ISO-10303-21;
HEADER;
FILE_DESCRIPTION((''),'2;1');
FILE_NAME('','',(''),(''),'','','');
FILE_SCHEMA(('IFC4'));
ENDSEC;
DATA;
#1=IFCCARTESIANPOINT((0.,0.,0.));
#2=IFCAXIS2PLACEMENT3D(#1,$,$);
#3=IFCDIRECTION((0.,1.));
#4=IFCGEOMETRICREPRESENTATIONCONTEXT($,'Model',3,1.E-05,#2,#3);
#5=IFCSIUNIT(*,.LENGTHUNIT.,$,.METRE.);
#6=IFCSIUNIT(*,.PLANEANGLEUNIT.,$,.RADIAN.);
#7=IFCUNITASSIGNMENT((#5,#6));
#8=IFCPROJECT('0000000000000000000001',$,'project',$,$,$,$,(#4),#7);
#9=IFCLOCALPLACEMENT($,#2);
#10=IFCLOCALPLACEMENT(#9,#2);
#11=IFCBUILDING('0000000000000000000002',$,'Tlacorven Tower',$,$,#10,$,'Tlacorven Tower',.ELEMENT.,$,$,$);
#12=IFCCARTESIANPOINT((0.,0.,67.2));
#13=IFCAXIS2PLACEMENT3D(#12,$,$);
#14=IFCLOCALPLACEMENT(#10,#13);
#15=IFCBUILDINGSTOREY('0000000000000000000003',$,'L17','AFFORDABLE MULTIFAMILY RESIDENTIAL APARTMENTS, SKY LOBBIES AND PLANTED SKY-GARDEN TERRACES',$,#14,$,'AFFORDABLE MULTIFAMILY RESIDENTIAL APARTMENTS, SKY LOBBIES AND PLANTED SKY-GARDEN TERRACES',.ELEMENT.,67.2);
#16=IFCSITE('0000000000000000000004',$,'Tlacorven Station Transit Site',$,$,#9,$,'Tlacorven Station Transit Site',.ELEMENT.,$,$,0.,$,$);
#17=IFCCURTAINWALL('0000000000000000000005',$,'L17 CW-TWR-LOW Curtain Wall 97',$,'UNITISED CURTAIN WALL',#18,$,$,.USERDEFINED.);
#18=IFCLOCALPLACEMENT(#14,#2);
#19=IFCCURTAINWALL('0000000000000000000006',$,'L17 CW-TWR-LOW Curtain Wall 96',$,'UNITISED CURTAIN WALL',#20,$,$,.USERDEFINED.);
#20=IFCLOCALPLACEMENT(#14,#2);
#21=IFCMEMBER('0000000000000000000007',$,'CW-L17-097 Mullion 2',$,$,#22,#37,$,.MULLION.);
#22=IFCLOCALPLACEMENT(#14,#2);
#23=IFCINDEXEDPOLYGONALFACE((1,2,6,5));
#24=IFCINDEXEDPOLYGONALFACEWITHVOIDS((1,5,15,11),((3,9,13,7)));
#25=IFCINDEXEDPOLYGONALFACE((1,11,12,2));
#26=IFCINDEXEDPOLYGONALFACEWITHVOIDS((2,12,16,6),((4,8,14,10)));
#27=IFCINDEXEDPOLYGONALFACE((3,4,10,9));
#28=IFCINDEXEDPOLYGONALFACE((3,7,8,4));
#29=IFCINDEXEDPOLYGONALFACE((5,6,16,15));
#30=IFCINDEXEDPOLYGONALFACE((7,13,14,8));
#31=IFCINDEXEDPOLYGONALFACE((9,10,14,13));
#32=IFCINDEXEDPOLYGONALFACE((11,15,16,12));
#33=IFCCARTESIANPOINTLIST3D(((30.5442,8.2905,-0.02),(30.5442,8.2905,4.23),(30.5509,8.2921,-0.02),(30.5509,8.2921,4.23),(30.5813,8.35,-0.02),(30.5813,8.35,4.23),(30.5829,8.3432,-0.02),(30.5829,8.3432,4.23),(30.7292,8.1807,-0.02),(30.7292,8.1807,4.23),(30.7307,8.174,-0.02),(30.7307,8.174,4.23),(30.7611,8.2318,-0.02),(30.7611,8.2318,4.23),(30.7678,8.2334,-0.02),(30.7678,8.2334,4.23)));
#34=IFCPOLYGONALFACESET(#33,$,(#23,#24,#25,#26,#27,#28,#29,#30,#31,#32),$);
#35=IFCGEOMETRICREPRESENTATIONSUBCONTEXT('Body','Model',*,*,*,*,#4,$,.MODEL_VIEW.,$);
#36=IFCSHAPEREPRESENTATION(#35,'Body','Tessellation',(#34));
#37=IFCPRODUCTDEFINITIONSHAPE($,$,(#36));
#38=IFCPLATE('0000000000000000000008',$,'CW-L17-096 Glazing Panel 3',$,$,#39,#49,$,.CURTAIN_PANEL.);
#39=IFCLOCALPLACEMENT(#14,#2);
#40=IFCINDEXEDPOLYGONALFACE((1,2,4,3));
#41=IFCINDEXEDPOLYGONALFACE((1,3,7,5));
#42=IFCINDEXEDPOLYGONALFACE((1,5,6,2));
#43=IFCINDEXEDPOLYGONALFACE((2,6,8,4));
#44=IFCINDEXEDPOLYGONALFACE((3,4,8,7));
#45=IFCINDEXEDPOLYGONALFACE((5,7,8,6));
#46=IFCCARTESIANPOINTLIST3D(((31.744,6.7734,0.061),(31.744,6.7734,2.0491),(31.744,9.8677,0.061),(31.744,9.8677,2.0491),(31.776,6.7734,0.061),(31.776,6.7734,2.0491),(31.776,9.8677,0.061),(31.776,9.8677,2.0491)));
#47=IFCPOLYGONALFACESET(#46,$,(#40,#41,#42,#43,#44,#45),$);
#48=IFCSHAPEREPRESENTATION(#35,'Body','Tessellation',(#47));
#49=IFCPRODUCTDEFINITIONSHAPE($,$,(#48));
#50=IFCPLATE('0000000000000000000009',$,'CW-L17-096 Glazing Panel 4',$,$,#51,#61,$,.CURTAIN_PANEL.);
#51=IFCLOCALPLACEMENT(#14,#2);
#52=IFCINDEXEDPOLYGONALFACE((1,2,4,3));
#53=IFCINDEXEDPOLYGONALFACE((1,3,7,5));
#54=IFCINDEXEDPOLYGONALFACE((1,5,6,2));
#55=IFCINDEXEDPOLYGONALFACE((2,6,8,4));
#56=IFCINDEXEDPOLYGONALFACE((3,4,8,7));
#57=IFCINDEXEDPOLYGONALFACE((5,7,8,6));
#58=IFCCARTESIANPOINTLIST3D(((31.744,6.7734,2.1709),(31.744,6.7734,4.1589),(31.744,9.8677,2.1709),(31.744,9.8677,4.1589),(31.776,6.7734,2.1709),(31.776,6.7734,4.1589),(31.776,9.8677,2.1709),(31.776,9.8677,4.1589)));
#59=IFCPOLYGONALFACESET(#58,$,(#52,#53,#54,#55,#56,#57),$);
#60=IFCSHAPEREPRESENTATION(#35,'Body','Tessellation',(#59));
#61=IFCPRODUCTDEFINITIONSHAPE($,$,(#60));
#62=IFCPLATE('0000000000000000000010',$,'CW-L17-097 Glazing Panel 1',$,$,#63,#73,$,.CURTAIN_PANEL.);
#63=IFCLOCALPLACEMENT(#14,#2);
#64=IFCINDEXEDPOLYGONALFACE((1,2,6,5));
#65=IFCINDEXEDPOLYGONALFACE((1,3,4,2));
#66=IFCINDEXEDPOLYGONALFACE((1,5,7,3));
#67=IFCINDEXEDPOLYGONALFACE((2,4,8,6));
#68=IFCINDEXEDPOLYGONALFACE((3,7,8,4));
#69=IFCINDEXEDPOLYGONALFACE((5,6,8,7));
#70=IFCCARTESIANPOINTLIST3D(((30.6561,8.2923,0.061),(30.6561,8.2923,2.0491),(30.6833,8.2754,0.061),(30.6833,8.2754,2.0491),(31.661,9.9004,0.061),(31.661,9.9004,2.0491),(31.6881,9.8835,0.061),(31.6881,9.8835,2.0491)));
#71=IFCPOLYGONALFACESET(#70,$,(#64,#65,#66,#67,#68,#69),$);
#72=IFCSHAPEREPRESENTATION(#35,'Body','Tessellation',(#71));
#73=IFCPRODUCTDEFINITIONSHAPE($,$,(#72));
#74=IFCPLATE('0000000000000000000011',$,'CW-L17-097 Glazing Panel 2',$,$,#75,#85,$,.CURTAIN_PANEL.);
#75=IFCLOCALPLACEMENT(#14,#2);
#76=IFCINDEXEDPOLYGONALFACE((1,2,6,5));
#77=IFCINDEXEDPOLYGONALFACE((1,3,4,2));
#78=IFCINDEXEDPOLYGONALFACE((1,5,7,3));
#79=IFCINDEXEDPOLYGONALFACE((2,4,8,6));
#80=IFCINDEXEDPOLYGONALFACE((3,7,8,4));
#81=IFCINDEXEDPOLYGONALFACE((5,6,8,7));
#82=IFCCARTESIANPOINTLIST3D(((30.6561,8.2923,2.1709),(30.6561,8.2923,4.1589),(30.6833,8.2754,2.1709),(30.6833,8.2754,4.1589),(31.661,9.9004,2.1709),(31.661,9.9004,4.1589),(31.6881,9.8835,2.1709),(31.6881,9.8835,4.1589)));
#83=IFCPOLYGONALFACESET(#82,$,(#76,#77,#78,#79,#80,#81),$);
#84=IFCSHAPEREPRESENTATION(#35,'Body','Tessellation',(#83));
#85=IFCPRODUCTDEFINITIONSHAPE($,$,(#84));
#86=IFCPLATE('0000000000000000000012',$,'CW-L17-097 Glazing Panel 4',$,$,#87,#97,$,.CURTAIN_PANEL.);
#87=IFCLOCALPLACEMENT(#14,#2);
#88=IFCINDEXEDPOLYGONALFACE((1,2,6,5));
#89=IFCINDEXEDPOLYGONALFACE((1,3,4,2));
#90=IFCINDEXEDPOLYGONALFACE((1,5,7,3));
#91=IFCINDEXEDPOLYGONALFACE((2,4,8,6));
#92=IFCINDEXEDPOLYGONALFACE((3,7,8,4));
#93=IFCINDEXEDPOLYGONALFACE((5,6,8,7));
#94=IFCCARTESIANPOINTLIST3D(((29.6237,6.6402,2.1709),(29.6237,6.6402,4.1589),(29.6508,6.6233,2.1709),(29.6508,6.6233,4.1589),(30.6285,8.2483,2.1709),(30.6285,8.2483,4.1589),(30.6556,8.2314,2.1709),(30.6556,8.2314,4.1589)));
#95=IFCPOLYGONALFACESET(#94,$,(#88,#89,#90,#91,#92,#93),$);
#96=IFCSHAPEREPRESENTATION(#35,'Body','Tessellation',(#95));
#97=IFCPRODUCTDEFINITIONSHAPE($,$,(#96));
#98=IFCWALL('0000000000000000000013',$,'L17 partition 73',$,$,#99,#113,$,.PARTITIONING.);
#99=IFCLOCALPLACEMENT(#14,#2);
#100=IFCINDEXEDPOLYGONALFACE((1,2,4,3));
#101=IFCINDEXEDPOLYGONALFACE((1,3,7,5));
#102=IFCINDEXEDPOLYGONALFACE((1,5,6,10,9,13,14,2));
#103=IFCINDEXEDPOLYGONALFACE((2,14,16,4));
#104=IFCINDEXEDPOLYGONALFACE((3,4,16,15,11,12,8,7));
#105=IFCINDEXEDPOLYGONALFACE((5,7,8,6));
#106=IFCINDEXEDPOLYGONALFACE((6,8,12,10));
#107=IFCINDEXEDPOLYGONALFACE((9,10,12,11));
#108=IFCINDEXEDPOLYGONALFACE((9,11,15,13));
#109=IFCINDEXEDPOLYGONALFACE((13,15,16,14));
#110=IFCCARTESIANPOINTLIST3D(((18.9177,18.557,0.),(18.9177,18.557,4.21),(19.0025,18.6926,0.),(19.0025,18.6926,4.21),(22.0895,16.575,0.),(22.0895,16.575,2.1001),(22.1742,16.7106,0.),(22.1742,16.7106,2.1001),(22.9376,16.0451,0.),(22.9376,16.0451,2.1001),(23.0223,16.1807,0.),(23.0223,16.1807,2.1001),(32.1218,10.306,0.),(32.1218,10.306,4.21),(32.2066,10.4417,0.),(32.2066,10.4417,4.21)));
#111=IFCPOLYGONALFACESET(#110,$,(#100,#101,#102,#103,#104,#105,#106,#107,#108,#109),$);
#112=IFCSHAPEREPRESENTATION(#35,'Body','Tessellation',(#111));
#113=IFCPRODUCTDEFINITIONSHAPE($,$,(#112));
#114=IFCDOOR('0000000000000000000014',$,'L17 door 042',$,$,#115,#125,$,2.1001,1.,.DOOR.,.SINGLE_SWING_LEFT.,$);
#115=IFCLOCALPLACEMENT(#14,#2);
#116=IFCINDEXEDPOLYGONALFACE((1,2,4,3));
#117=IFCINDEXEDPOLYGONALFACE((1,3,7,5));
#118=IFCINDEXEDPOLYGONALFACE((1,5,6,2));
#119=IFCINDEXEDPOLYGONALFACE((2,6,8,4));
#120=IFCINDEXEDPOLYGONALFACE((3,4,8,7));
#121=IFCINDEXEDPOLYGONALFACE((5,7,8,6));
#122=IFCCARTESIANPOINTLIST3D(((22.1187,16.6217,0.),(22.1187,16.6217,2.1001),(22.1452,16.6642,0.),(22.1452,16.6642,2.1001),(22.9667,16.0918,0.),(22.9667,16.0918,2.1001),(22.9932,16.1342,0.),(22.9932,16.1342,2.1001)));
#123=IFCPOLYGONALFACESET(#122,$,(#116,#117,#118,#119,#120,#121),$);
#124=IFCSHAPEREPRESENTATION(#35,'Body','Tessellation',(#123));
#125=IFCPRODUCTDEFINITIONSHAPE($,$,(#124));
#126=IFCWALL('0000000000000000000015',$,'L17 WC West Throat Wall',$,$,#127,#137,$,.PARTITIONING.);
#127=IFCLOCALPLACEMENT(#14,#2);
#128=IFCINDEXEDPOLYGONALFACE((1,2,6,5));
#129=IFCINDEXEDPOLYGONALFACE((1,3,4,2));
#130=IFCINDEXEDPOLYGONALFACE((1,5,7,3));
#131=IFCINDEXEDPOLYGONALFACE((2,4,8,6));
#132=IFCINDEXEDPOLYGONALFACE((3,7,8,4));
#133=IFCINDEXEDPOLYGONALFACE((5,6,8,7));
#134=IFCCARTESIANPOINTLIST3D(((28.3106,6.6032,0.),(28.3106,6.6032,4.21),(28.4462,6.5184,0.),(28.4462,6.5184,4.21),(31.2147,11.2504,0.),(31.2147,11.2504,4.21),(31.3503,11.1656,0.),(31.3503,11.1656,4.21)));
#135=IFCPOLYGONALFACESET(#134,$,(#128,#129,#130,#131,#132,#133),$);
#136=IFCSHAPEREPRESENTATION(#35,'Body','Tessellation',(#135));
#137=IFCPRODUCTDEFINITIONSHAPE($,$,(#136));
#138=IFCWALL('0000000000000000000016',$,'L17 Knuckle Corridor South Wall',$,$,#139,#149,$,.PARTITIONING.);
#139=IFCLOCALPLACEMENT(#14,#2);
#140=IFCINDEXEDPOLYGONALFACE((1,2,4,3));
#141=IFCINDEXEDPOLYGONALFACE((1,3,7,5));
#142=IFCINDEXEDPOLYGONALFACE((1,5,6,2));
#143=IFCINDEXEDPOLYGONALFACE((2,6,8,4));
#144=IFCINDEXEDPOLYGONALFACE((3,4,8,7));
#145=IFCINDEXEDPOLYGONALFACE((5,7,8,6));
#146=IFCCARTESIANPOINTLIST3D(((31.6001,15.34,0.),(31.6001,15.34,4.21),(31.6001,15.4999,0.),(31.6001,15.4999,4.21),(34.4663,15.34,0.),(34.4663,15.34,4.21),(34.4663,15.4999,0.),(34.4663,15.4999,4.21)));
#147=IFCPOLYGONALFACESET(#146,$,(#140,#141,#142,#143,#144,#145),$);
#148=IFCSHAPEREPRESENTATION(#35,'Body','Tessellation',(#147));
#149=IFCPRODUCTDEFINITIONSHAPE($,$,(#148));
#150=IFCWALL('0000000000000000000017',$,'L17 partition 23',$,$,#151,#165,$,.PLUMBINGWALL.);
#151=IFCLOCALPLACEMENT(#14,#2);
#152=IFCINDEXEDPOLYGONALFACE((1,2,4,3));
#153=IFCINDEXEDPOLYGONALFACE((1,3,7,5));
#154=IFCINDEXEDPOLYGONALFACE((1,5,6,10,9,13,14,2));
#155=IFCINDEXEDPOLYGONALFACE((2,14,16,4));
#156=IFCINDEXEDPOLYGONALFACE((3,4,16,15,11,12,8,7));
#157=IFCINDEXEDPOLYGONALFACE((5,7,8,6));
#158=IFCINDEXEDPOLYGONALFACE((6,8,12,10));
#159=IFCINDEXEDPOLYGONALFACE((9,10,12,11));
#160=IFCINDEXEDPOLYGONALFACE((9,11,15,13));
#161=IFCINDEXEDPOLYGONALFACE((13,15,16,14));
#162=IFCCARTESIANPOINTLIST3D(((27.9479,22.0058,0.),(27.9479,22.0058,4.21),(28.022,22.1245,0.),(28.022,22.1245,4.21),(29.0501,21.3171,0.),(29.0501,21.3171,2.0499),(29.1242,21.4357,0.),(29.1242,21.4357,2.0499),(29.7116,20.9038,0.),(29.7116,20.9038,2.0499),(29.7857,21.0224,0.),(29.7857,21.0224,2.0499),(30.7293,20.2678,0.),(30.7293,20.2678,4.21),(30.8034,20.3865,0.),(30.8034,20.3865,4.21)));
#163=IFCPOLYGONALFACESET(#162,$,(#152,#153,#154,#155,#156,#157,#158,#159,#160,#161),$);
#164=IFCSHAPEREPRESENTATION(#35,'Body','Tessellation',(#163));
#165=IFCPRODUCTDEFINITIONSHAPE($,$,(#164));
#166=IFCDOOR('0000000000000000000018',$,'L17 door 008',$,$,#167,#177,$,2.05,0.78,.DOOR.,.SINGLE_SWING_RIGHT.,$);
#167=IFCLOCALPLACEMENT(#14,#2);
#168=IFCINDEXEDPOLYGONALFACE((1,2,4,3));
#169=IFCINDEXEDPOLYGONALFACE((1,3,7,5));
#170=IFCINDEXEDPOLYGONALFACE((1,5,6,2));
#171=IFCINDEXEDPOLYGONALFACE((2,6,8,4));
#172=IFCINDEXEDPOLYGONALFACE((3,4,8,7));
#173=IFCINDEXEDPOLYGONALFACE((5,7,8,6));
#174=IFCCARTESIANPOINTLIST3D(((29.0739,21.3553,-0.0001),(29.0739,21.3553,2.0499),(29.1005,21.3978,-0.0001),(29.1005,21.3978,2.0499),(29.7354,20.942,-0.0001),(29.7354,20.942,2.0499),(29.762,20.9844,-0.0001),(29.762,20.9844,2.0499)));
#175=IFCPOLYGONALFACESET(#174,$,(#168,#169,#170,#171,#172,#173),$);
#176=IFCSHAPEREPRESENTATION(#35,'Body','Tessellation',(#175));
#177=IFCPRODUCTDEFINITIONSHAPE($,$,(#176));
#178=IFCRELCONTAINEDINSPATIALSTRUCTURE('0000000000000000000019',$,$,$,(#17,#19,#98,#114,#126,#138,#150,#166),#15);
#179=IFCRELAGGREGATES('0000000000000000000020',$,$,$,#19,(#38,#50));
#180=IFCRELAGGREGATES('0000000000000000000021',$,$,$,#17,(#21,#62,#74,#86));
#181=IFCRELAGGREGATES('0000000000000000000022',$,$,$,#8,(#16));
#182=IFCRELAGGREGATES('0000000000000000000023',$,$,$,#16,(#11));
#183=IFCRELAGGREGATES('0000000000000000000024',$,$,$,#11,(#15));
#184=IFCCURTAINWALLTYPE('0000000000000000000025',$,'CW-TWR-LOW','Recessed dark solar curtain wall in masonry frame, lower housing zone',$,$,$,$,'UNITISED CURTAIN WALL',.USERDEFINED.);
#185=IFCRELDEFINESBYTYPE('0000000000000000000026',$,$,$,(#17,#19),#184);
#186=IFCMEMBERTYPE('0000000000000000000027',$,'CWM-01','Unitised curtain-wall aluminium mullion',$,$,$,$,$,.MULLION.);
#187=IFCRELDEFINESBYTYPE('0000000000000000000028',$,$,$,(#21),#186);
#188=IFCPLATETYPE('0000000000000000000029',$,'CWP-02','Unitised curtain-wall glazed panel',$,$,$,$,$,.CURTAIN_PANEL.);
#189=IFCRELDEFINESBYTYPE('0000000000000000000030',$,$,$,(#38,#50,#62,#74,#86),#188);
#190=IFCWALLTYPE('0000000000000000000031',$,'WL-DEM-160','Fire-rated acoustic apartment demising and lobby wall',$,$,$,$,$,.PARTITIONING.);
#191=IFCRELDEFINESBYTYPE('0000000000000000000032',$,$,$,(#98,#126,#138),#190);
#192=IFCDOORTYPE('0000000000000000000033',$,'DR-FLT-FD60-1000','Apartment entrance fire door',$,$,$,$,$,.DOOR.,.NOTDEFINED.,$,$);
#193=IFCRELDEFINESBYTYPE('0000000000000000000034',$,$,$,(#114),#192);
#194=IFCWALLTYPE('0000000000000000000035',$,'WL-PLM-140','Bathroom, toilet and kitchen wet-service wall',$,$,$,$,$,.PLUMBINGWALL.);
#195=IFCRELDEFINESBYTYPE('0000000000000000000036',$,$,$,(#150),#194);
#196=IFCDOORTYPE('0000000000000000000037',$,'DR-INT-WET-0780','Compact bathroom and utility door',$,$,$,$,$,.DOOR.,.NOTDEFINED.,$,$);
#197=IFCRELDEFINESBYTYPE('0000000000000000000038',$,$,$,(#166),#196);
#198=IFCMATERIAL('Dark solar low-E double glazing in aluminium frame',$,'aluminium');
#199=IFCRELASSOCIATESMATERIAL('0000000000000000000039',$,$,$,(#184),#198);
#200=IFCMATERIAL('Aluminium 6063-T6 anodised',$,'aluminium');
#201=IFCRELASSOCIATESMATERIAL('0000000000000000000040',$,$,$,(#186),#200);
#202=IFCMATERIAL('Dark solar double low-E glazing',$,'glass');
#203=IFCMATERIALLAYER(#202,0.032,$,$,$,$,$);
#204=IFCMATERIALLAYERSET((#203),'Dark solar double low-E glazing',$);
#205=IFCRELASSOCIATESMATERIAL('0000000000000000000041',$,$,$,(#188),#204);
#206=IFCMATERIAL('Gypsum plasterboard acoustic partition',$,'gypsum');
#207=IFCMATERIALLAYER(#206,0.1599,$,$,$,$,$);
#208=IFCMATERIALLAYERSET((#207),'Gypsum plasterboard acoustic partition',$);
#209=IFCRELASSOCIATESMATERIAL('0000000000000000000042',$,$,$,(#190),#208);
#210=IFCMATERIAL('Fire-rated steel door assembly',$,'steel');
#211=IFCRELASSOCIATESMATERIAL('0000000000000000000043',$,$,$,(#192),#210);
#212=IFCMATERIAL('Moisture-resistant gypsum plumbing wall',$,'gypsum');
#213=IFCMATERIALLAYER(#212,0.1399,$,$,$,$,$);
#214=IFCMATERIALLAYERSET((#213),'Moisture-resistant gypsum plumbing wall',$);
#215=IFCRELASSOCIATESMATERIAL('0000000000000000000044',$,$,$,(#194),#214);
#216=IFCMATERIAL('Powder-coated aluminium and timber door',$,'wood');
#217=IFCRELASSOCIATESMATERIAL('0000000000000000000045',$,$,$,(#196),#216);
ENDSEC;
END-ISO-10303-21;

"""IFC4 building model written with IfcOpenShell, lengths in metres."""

from ifc_helpers import new_model, si_unit, direction, frame, frame_2d, origin, origin_2d, place, context, subcontext, project, spatial, rectangle, hollow_rectangle, extrude, source, transform, mapped, material, layer, layer_set, material_profile, profile_set, type_object, element, fill, aggregate, save


model = new_model("IFC4")

# Units and contexts
model_context = context("Model", 3, precision=1e-05, world=origin(), true_north=direction((0.0, 1.0)))
body_context = subcontext(model_context, "Body", "Model", "MODEL_VIEW")
ifc_project = project(units=[si_unit("LENGTHUNIT", "METRE"), si_unit("PLANEANGLEUNIT", "RADIAN")], contexts=[model_context])

# Site, building, storey
site_placement = place(None, origin())
site = spatial("IfcSite", under=ifc_project, at=site_placement, Name="Tlacorven Station Transit Site", LongName="Tlacorven Station Transit Site", CompositionType="ELEMENT", RefElevation=0.0)
building_placement = place(site_placement, origin())
building = spatial("IfcBuilding", under=site, at=building_placement, Name="Tlacorven Tower", LongName="Tlacorven Tower", CompositionType="ELEMENT")
storey_placement = place(building_placement, frame((0.0, 0.0, 67.2)))
storey = spatial("IfcBuildingStorey", under=building, at=storey_placement, Name="L17", Description="AFFORDABLE MULTIFAMILY RESIDENTIAL APARTMENTS, SKY LOBBIES AND PLANTED SKY-GARDEN TERRACES", LongName="AFFORDABLE MULTIFAMILY RESIDENTIAL APARTMENTS, SKY LOBBIES AND PLANTED SKY-GARDEN TERRACES", CompositionType="ELEMENT", Elevation=67.2)

# Curtain wall
ifc_material_1 = material(Name="Dark solar low-E double glazing in aluminium frame", Category="aluminium")
curtain_wall_type = type_object("IfcCurtainWallType", Name="CW-TWR-LOW", Description="Recessed dark solar curtain wall in masonry frame, lower housing zone", ElementType="UNITISED CURTAIN WALL", PredefinedType="USERDEFINED", material=ifc_material_1)
curtain_wall_1_placement = place(storey_placement, origin())
curtain_wall_1 = element("IfcCurtainWall", 1, at=curtain_wall_1_placement, inside=storey, type_object=curtain_wall_type, Name="L17 CW-TWR-LOW Curtain Wall 97", ObjectType="UNITISED CURTAIN WALL", PredefinedType="USERDEFINED")
ifc_material_2 = material(Name="Aluminium 6063-T6 anodised", Category="aluminium")

# Curtain wall
curtain_wall_2_placement = place(storey_placement, origin())
curtain_wall_2 = element("IfcCurtainWall", 2, at=curtain_wall_2_placement, inside=storey, type_object=curtain_wall_type, Name="L17 CW-TWR-LOW Curtain Wall 96", ObjectType="UNITISED CURTAIN WALL", PredefinedType="USERDEFINED")
ifc_material_profile_1 = material_profile(ifc_material_2, hollow_rectangle(XDim=0.0701, YDim=0.22, WallThickness=0.0049, at=origin_2d()), Name="ALU MULLION 70X220")
ifc_profile_set_1 = profile_set([ifc_material_profile_1], Name="Aluminium 6063-T6 anodised")
member_type_1 = type_object("IfcMemberType", Name="CWM-01", Description="Unitised curtain-wall aluminium mullion", PredefinedType="MULLION", material=ifc_profile_set_1)
shared_shape_1 = source(origin(), body_context, "Body", "SweptSolid", [
    extrude(hollow_rectangle(XDim=0.0701, YDim=0.22, WallThickness=0.0049, at=origin_2d()), origin(), (0.0, 0.0, 1.0), 4.25),
])

# Member
member_1_placement = place(storey_placement, frame((30.656, 8.262, -0.02), z_axis=(0.0, 0.0, 1.0), x_axis=(-0.529919, -0.848048, 0.0)))
member_1 = element("IfcMember", 3, at=member_1_placement, type_object=member_type_1, Name="CW-L17-097 Mullion 2", PredefinedType="MULLION", context=body_context, shape_type="MappedRepresentation", body=[
    mapped(shared_shape_1, transform((0.0, 0.0, 0.0), scale=1.0)),
])

# Plates
ifc_material_3 = material(Name="Dark solar double low-E glazing", Category="glass")
ifc_layer_1 = layer(ifc_material_3, 0.032)
ifc_layer_set_1 = layer_set([ifc_layer_1], Name="Dark solar double low-E glazing")
plate_type = type_object("IfcPlateType", Name="CWP-02", Description="Unitised curtain-wall glazed panel", PredefinedType="CURTAIN_PANEL", material=ifc_layer_set_1)
shared_shape_2 = source(origin(), body_context, "Body", "SweptSolid", [
    extrude(rectangle(XDim=3.0942, YDim=0.032, at=origin_2d()), origin(), (0.0, 0.0, 1.0), 1.988),
])
plate_1_placement = place(storey_placement, frame((31.76, 8.3206, 0.061), z_axis=(0.0, 0.0, 1.0), x_axis=(0.0, 1.0, 0.0)))
plate_1 = element("IfcPlate", 4, at=plate_1_placement, type_object=plate_type, Name="CW-L17-096 Glazing Panel 3", PredefinedType="CURTAIN_PANEL", context=body_context, shape_type="MappedRepresentation", body=[
    mapped(shared_shape_2, transform((0.0, 0.0, 0.0), scale=1.0)),
])
plate_2_placement = place(storey_placement, frame((31.76, 8.3206, 2.1709), z_axis=(0.0, 0.0, 1.0), x_axis=(0.0, 1.0, 0.0)))
plate_2 = element("IfcPlate", 5, at=plate_2_placement, type_object=plate_type, Name="CW-L17-096 Glazing Panel 4", PredefinedType="CURTAIN_PANEL", context=body_context, shape_type="MappedRepresentation", body=[
    mapped(shared_shape_2, transform((0.0, 0.0, 0.0), scale=1.0)),
])
aggregate(curtain_wall_2, [plate_1, plate_2])
shared_shape_3 = source(origin(), body_context, "Body", "SweptSolid", [
    extrude(rectangle(XDim=1.8962, YDim=0.032, at=origin_2d()), origin(), (0.0, 0.0, 1.0), 1.988),
])
plate_3_placement = place(storey_placement, frame((31.1721, 9.0879, 0.061), z_axis=(0.0, 0.0, 1.0), x_axis=(-0.529919, -0.848048, 0.0)))
plate_3 = element("IfcPlate", 6, at=plate_3_placement, type_object=plate_type, Name="CW-L17-097 Glazing Panel 1", PredefinedType="CURTAIN_PANEL", context=body_context, shape_type="MappedRepresentation", body=[
    mapped(shared_shape_3, transform((0.0, 0.0, 0.0), scale=1.0)),
])
plate_4_placement = place(storey_placement, frame((31.1721, 9.0879, 2.1709), z_axis=(0.0, 0.0, 1.0), x_axis=(-0.529919, -0.848048, 0.0)))
plate_4 = element("IfcPlate", 7, at=plate_4_placement, type_object=plate_type, Name="CW-L17-097 Glazing Panel 2", PredefinedType="CURTAIN_PANEL", context=body_context, shape_type="MappedRepresentation", body=[
    mapped(shared_shape_3, transform((0.0, 0.0, 0.0), scale=1.0)),
])
plate_5_placement = place(storey_placement, frame((30.1396, 7.4358, 2.1709), z_axis=(0.0, 0.0, 1.0), x_axis=(-0.529919, -0.848048, 0.0)))
plate_5 = element("IfcPlate", 8, at=plate_5_placement, type_object=plate_type, Name="CW-L17-097 Glazing Panel 4", PredefinedType="CURTAIN_PANEL", context=body_context, shape_type="MappedRepresentation", body=[
    mapped(shared_shape_3, transform((0.0, 0.0, 0.0), scale=1.0)),
])
aggregate(curtain_wall_1, [member_1, plate_3, plate_4, plate_5])

# Wall, opening, door
ifc_material_4 = material(Name="Gypsum plasterboard acoustic partition", Category="gypsum")
ifc_layer_2 = layer(ifc_material_4, 0.1599)
ifc_layer_set_2 = layer_set([ifc_layer_2], Name="Gypsum plasterboard acoustic partition")
wall_type_1 = type_object("IfcWallType", Name="WL-DEM-160", Description="Fire-rated acoustic apartment demising and lobby wall", PredefinedType="PARTITIONING", material=ifc_layer_set_2)
wall_1_placement = place(storey_placement, frame((32.1643, 10.3738, 0.0), z_axis=(0.0, 0.0, 1.0), x_axis=(-0.848044, 0.529926, 0.0)))
wall_1 = element("IfcWall", 9, at=wall_1_placement, inside=storey, type_object=wall_type_1, Name="L17 partition 73", PredefinedType="PARTITIONING", context=body_context, shape_type="SweptSolid", body=[
    extrude(rectangle(XDim=15.5701, YDim=0.1599, at=frame_2d((7.7852, 0.0))), origin(), (0.0, 0.0, 1.0), 4.21),
])
opening_1_placement = place(wall_1_placement, frame((10.8301, 0.0, 0.0)))
opening_1 = element("IfcOpeningElement", 10, at=opening_1_placement, cuts=wall_1, PredefinedType="OPENING", context=body_context, shape_type="SweptSolid", body=[
    extrude(rectangle(XDim=1.0, YDim=2.1001, at=frame_2d((0.5, 1.05))), frame((0.0, 0.0898, 0.0), z_axis=(0.0, -1.0, 0.0), x_axis=(1.0, 0.0, 0.0)), (0.0, 0.0, 1.0), 0.1799),
])
ifc_material_5 = material(Name="Fire-rated steel door assembly", Category="steel")
door_type_1 = type_object("IfcDoorType", Name="DR-FLT-FD60-1000", Description="Apartment entrance fire door", OperationType="NOTDEFINED", PredefinedType="DOOR", material=ifc_material_5)
shared_shape_4 = source(origin(), body_context, "Body", "SweptSolid", [
    extrude(rectangle(XDim=1.0, YDim=2.1001, at=frame_2d((0.5, 1.05))), frame((0.0, 0.0249, 0.0), z_axis=(0.0, -1.0, 0.0), x_axis=(1.0, 0.0, 0.0)), (0.0, 0.0, 1.0), 0.05),
])
door_1_placement = place(opening_1_placement, origin())
door_1 = element("IfcDoor", 11, at=door_1_placement, inside=storey, type_object=door_type_1, Name="L17 door 042", OperationType="SINGLE_SWING_LEFT", OverallHeight=2.1001, OverallWidth=1.0, PredefinedType="DOOR", context=body_context, shape_type="MappedRepresentation", body=[
    mapped(shared_shape_4, transform((0.0, 0.0, 0.0), scale=1.0)),
])
fill(opening_1, door_1)

# Walls
wall_2_placement = place(storey_placement, frame((31.2825, 11.208, 0.0), z_axis=(0.0, 0.0, 1.0), x_axis=(-0.529939, -0.848036, 0.0)))
element("IfcWall", 12, at=wall_2_placement, inside=storey, type_object=wall_type_1, Name="L17 WC West Throat Wall", PredefinedType="PARTITIONING", context=body_context, shape_type="SweptSolid", body=[
    extrude(rectangle(XDim=5.48, YDim=0.1599, at=frame_2d((2.74, 0.0))), origin(), (0.0, 0.0, 1.0), 4.21),
])
wall_3_placement = place(storey_placement, frame((31.6001, 15.4199, 0.0), z_axis=(0.0, 0.0, 1.0), x_axis=(1.0, 0.0, 0.0)))
element("IfcWall", 13, at=wall_3_placement, inside=storey, type_object=wall_type_1, Name="L17 Knuckle Corridor South Wall", PredefinedType="PARTITIONING", context=body_context, shape_type="SweptSolid", body=[
    extrude(rectangle(XDim=2.8662, YDim=0.1599, at=frame_2d((1.4331, 0.0))), origin(), (0.0, 0.0, 1.0), 4.21),
])

# Wall, opening, door
ifc_material_6 = material(Name="Moisture-resistant gypsum plumbing wall", Category="gypsum")
ifc_layer_3 = layer(ifc_material_6, 0.1399)
ifc_layer_set_3 = layer_set([ifc_layer_3], Name="Moisture-resistant gypsum plumbing wall")
wall_type_2 = type_object("IfcWallType", Name="WL-PLM-140", Description="Bathroom, toilet and kitchen wet-service wall", PredefinedType="PLUMBINGWALL", material=ifc_layer_set_3)
wall_4_placement = place(storey_placement, frame((30.7664, 20.3271, 0.0), z_axis=(0.0, 0.0, 1.0), x_axis=(-0.848053, 0.529912, 0.0)))
wall_4 = element("IfcWall", 14, at=wall_4_placement, inside=storey, type_object=wall_type_2, Name="L17 partition 23", PredefinedType="PLUMBINGWALL", context=body_context, shape_type="SweptSolid", body=[
    extrude(rectangle(XDim=3.2798, YDim=0.1399, at=frame_2d((1.6399, 0.0))), origin(), (0.0, 0.0, 1.0), 4.21),
])
opening_2_placement = place(wall_4_placement, frame((1.2, 0.0, 0.0)))
opening_2 = element("IfcOpeningElement", 15, at=opening_2_placement, cuts=wall_4, PredefinedType="OPENING", context=body_context, shape_type="SweptSolid", body=[
    extrude(rectangle(XDim=0.78, YDim=2.05, at=frame_2d((0.3901, 1.0249))), frame((0.0, 0.0801, 0.0), z_axis=(0.0, -1.0, 0.0), x_axis=(1.0, 0.0, 0.0)), (0.0, 0.0, 1.0), 0.1599),
])
ifc_material_7 = material(Name="Powder-coated aluminium and timber door", Category="wood")
door_type_2 = type_object("IfcDoorType", Name="DR-INT-WET-0780", Description="Compact bathroom and utility door", OperationType="NOTDEFINED", PredefinedType="DOOR", material=ifc_material_7)
shared_shape_5 = source(origin(), body_context, "Body", "SweptSolid", [
    extrude(rectangle(XDim=0.78, YDim=2.05, at=frame_2d((0.3901, 1.0249))), frame((0.0, 0.0249, 0.0), z_axis=(0.0, -1.0, 0.0), x_axis=(1.0, 0.0, 0.0)), (0.0, 0.0, 1.0), 0.05),
])
door_2_placement = place(opening_2_placement, origin())
door_2 = element("IfcDoor", 16, at=door_2_placement, inside=storey, type_object=door_type_2, Name="L17 door 008", OperationType="SINGLE_SWING_RIGHT", OverallHeight=2.05, OverallWidth=0.78, PredefinedType="DOOR", context=body_context, shape_type="MappedRepresentation", body=[
    mapped(shared_shape_5, transform((0.0, 0.0, 0.0), scale=1.0)),
])
fill(opening_2, door_2)

save(model, "model.ifc")
